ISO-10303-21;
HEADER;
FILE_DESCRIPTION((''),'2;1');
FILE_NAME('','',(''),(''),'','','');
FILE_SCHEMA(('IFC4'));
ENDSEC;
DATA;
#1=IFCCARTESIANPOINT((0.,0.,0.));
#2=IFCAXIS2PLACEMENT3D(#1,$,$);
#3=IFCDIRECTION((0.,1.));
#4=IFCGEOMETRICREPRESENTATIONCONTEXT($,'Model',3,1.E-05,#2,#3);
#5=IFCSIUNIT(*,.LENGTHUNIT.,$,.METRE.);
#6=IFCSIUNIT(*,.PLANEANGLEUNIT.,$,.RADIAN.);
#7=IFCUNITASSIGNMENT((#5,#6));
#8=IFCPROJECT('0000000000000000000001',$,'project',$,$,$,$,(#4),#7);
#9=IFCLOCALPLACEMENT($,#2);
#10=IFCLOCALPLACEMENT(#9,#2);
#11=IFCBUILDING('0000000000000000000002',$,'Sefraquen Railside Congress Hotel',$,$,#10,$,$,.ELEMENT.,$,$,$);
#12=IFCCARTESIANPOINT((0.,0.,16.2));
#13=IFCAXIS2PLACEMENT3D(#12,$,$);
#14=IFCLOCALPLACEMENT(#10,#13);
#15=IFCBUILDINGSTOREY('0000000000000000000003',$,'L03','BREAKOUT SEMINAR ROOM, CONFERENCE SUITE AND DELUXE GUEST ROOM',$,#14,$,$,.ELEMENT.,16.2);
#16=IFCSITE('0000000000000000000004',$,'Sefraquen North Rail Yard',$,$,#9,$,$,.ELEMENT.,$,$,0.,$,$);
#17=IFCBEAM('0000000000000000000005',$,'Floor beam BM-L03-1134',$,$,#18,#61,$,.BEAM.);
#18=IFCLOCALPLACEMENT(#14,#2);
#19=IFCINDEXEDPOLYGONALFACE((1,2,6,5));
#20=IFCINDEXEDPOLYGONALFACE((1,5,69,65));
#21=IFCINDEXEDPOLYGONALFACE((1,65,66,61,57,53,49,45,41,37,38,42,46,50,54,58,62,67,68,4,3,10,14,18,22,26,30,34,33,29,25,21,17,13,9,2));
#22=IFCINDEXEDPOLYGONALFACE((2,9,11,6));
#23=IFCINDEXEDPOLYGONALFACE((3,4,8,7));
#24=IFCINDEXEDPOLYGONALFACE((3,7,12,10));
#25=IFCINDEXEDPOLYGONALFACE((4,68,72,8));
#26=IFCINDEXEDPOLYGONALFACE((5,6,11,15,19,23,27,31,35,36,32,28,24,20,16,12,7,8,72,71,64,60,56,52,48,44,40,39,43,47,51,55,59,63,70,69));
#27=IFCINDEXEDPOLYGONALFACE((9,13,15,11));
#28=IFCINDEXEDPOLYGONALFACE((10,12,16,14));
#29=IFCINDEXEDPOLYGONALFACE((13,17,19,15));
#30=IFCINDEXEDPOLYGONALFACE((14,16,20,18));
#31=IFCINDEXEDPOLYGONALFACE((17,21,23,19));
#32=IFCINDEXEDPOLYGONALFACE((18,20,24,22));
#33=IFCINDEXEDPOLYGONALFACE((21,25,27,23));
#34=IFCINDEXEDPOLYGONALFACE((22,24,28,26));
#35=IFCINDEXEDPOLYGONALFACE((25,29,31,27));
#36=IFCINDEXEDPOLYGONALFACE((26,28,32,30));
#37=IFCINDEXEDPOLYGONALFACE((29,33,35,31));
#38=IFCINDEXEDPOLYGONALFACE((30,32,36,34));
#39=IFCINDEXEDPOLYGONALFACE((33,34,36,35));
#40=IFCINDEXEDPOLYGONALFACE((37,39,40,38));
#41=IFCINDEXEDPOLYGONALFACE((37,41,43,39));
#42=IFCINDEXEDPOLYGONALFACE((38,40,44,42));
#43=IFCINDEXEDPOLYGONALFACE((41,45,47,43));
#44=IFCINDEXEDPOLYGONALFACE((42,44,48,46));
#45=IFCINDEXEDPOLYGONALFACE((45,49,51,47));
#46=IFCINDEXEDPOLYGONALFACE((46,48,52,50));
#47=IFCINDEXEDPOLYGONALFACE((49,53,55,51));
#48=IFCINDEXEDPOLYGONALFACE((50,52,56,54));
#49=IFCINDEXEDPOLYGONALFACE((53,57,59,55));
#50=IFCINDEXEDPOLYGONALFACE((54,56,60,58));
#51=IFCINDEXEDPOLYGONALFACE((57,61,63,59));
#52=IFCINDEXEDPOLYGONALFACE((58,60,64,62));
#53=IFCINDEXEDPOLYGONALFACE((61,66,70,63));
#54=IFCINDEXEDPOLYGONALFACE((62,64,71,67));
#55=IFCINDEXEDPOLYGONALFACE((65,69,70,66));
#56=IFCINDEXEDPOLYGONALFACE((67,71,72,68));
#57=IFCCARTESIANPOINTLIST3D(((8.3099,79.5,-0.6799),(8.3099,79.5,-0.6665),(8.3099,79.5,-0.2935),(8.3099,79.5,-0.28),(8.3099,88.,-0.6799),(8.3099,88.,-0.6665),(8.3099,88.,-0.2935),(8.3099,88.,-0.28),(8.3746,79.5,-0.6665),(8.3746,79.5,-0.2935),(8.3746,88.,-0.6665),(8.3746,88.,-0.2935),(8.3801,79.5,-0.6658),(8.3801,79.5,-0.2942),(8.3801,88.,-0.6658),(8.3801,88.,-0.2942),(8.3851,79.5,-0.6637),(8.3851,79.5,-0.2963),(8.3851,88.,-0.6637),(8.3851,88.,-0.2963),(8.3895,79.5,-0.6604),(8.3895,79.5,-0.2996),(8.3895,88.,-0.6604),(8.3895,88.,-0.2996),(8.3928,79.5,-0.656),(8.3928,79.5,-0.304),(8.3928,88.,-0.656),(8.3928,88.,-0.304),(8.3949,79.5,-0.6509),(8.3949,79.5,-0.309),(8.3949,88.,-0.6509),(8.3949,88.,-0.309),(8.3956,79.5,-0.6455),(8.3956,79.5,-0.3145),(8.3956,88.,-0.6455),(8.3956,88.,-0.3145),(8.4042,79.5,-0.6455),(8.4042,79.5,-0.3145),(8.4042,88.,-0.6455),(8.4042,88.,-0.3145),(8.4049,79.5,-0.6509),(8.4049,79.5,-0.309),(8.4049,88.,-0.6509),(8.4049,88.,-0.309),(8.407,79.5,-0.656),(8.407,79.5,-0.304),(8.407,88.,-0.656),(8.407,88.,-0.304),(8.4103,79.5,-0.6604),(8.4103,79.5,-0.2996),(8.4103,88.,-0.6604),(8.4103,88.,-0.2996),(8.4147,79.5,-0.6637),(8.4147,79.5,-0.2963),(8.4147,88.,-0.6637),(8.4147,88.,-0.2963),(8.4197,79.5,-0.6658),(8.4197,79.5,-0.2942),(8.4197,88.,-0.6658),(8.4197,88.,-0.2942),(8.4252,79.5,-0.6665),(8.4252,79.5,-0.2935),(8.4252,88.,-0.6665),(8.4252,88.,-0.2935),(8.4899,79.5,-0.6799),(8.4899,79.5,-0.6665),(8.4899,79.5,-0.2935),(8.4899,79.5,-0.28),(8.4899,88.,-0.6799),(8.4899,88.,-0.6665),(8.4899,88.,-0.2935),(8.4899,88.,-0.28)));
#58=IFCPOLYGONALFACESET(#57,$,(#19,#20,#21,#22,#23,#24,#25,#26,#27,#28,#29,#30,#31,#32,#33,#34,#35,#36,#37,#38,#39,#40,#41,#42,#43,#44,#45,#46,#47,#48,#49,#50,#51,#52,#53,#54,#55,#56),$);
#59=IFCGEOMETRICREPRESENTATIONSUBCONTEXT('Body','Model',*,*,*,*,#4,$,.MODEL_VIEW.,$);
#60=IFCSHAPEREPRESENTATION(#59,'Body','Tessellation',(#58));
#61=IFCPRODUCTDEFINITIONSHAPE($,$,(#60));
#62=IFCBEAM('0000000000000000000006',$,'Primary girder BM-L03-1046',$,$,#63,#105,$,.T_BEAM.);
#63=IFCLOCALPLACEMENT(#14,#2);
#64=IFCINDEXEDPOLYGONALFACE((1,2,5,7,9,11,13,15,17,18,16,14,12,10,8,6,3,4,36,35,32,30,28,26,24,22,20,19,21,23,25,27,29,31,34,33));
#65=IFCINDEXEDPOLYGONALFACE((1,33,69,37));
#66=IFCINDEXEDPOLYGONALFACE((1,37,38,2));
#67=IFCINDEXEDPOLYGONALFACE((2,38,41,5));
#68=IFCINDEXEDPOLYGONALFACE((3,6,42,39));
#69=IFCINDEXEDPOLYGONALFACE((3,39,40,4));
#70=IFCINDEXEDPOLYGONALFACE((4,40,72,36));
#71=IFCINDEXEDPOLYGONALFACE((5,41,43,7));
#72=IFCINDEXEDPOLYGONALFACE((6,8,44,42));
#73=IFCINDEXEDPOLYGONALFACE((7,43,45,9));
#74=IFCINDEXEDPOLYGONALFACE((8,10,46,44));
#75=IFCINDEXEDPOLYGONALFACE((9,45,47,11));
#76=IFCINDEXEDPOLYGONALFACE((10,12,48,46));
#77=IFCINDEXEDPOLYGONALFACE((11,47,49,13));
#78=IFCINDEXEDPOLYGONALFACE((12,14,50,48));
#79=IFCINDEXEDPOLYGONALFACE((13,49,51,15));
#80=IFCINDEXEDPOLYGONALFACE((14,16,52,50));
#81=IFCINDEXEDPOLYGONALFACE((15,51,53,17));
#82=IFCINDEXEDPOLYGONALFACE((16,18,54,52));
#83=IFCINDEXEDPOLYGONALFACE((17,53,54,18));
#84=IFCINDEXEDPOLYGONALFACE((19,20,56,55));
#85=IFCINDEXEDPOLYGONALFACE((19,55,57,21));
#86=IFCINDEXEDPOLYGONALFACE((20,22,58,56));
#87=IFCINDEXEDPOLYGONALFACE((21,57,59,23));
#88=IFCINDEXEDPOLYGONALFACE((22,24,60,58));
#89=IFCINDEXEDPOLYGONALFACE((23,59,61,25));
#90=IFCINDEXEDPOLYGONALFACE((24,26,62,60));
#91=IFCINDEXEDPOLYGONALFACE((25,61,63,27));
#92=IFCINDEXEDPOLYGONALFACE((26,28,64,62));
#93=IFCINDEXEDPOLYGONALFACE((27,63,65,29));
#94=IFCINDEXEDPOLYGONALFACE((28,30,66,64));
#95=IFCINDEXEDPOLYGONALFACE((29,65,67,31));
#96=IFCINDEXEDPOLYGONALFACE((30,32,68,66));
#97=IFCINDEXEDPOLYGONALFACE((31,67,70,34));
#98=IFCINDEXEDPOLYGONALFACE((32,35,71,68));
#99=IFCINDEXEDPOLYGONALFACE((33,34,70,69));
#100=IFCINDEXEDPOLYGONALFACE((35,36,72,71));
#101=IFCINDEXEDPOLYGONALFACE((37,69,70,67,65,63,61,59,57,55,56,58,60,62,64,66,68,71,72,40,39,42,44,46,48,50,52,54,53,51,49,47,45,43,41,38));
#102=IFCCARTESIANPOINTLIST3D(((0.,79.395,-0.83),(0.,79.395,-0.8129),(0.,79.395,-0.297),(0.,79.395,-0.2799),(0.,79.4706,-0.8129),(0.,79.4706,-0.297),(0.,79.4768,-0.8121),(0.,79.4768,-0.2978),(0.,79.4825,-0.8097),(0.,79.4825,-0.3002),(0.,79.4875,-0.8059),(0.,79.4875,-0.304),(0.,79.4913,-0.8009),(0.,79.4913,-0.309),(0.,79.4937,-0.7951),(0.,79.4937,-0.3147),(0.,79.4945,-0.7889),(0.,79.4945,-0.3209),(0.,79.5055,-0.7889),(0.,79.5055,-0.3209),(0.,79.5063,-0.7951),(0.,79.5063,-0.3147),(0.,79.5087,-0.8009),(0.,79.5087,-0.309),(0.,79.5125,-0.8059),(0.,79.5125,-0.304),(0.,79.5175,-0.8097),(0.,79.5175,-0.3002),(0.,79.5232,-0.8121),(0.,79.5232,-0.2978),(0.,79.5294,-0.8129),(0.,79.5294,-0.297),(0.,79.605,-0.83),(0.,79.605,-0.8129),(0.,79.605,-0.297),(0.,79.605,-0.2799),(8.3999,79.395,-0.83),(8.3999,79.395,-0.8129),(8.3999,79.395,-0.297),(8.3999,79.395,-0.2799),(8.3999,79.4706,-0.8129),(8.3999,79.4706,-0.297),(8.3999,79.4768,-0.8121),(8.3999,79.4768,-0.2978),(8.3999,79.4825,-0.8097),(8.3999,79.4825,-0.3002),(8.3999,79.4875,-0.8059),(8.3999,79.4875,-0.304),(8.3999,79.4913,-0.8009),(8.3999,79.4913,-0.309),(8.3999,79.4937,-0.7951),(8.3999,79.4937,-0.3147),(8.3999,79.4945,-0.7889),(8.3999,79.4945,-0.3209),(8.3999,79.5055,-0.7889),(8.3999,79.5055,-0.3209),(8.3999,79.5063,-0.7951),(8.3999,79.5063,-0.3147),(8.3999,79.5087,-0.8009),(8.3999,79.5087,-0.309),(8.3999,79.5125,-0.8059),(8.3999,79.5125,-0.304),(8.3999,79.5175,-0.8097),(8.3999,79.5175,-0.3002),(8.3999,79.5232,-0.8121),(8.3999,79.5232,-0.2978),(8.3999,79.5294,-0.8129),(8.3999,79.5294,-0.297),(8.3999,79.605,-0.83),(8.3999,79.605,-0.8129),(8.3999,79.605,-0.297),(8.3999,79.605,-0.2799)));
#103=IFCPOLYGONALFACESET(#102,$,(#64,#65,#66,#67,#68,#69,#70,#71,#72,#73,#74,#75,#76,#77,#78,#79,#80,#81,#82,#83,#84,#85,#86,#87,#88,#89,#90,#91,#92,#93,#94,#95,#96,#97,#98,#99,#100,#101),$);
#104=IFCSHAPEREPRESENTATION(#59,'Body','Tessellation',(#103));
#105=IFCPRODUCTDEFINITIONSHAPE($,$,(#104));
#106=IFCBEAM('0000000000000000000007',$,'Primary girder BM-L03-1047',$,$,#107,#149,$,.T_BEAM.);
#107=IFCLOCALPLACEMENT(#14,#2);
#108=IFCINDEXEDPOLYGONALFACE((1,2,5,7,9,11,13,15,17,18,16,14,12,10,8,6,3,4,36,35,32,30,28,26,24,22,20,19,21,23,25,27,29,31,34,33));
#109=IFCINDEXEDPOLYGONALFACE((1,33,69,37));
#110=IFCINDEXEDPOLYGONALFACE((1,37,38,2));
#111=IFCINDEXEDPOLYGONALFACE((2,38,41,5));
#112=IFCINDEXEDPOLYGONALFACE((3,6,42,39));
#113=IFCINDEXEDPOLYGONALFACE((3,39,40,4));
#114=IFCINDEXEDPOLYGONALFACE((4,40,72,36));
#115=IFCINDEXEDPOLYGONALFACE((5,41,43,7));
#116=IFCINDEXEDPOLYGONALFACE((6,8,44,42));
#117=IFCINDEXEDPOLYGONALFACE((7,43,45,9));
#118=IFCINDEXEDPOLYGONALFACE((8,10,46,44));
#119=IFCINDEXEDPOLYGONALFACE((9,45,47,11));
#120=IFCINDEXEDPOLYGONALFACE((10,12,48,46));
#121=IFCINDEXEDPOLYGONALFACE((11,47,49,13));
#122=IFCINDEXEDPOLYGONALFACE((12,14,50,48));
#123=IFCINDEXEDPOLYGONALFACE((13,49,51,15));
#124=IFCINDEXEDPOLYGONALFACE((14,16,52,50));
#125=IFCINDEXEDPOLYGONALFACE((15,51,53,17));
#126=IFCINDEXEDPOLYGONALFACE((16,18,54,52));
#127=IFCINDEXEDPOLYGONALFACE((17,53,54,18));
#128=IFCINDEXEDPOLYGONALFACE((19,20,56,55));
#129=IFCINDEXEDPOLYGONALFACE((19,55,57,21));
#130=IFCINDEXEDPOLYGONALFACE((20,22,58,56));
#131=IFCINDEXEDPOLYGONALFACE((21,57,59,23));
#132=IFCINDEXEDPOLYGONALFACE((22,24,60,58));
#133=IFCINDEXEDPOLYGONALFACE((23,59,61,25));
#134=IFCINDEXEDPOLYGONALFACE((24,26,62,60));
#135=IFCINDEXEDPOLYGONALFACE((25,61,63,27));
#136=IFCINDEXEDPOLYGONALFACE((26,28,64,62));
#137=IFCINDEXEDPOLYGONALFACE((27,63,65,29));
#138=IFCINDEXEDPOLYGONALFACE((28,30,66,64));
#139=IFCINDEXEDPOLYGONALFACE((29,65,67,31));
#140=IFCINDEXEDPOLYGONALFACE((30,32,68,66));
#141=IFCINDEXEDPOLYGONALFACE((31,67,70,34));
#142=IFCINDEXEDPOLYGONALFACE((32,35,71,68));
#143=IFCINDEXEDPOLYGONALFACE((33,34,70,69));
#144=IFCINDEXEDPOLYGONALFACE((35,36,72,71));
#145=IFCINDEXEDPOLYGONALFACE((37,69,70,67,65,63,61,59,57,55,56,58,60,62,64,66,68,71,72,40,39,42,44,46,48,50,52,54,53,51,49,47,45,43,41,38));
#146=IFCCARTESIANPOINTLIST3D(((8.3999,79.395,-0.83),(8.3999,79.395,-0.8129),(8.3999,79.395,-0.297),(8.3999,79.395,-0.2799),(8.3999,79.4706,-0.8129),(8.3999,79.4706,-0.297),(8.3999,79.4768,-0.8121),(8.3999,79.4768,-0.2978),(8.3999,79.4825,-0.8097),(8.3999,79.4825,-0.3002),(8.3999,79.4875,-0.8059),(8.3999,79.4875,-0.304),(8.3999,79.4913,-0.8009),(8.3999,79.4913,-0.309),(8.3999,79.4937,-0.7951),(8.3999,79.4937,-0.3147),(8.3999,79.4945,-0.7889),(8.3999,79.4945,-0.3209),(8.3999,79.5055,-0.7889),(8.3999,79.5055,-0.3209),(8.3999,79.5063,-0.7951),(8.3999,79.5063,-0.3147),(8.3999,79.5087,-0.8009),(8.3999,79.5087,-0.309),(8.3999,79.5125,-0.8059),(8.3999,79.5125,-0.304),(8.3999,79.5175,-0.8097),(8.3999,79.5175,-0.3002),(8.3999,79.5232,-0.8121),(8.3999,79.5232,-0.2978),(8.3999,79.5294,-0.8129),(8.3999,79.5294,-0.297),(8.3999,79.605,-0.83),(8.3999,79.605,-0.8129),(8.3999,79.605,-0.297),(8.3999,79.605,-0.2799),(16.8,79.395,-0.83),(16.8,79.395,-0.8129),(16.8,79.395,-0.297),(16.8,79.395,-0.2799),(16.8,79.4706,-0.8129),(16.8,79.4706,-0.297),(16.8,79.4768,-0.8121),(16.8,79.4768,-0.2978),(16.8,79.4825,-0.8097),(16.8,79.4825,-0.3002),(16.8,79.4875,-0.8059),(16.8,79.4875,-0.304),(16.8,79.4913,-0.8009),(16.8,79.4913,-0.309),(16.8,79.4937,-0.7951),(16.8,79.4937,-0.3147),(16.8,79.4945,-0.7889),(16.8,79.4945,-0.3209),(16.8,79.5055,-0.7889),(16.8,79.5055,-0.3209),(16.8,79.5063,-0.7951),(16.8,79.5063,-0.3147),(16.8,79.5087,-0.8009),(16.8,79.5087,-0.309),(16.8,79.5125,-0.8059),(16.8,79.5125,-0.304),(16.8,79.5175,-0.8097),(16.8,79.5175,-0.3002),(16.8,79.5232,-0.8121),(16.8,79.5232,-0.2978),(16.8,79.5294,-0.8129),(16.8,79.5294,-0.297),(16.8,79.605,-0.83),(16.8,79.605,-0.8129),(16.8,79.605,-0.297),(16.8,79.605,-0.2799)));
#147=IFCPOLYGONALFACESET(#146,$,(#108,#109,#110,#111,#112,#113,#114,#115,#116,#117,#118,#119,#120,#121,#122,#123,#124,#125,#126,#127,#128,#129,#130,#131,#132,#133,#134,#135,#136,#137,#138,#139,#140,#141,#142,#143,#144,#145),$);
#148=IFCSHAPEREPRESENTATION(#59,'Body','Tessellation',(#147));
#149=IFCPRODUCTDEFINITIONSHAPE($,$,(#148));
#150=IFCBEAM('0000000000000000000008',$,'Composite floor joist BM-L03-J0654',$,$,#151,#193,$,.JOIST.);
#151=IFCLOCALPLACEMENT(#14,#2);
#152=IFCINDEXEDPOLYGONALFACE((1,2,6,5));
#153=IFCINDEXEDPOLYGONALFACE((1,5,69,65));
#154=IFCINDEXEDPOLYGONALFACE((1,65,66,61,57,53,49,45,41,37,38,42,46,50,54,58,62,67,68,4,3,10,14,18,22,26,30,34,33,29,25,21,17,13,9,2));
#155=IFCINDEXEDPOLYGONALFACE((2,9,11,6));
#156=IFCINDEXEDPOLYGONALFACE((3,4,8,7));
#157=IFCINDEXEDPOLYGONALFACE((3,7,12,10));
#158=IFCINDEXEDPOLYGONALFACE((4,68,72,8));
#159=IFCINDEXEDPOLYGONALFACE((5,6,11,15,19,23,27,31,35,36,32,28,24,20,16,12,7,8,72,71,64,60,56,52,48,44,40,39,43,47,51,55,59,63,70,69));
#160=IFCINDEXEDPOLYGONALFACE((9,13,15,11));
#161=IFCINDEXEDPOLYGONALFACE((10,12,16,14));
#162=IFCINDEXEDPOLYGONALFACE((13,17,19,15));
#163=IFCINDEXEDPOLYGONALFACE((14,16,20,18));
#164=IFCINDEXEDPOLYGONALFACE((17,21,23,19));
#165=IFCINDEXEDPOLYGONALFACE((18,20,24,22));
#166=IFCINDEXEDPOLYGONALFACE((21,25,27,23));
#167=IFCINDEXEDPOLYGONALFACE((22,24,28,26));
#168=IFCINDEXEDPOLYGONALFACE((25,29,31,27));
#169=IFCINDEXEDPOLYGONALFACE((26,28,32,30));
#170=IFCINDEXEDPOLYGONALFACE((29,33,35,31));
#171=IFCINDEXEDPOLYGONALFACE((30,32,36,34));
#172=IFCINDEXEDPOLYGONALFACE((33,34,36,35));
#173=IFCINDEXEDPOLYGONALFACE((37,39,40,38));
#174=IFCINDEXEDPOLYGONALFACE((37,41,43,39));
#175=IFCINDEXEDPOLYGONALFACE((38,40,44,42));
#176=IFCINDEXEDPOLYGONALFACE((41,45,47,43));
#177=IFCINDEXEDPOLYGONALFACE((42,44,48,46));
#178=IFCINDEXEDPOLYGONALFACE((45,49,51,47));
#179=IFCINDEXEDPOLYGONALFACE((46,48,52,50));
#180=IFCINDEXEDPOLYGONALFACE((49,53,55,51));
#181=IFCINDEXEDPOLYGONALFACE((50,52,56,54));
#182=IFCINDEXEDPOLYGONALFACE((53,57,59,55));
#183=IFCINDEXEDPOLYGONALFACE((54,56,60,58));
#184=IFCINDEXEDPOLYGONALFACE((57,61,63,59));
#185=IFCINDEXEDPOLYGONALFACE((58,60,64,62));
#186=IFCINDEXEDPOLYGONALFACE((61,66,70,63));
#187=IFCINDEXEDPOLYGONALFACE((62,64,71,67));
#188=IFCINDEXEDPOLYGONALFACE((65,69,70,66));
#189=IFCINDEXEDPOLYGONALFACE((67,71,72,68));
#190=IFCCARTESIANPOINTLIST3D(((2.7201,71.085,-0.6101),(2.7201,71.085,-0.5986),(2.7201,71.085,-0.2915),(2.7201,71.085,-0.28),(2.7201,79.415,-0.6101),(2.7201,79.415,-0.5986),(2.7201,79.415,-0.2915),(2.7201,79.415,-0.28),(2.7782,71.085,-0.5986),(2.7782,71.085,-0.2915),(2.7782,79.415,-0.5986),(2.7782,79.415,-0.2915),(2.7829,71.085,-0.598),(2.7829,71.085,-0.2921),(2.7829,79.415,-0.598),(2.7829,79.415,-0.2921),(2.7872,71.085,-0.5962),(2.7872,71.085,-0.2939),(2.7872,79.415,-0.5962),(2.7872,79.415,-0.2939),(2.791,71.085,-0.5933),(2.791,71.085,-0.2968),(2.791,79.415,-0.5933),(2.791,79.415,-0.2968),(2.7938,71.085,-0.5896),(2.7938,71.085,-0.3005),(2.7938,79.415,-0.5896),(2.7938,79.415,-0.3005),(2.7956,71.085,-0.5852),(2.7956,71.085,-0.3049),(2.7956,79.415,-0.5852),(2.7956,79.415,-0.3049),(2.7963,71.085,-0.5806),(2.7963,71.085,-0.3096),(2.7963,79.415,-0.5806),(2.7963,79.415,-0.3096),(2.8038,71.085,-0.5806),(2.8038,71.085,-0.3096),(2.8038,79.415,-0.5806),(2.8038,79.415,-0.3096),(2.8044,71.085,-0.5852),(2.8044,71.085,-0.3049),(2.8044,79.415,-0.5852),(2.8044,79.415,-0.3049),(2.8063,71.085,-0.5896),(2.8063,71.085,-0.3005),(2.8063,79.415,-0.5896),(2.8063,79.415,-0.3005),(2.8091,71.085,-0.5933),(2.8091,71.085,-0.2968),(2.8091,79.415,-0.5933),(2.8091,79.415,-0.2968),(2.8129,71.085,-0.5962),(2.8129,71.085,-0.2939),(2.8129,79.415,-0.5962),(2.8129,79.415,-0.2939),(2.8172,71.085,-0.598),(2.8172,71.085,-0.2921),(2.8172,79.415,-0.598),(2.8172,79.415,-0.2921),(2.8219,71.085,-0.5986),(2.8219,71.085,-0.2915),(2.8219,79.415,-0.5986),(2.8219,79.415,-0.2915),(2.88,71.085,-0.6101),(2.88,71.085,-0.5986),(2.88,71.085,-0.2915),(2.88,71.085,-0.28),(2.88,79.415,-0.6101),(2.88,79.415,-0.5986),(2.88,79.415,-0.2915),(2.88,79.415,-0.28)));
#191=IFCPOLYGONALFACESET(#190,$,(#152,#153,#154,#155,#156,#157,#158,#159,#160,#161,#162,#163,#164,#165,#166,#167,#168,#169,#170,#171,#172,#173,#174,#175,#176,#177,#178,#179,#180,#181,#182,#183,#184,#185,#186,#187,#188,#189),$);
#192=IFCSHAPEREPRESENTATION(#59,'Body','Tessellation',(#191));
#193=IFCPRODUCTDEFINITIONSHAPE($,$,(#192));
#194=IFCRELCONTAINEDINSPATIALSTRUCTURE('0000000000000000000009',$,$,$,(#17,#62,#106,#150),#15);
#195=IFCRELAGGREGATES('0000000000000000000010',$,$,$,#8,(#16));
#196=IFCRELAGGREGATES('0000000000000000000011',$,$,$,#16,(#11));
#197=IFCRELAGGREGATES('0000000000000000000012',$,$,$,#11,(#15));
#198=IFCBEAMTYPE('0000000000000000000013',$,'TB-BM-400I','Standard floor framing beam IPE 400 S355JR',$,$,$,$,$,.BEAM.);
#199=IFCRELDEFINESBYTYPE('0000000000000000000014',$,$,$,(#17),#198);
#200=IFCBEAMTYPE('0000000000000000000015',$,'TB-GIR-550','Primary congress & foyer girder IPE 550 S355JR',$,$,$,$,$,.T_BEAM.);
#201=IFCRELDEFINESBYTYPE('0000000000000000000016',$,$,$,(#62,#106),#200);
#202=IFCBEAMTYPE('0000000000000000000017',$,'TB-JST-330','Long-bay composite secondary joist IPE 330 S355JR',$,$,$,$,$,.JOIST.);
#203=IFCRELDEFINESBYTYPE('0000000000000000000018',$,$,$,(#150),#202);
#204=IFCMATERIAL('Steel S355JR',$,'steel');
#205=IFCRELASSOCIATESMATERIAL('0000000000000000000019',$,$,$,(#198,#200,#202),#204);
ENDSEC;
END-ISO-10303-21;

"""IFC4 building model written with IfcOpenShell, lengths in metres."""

from ifc_helpers import new_model, si_unit, direction, frame, origin, origin_2d, place, context, subcontext, project, spatial, i_section, extrude, material, material_profile, profile_set, type_object, element, save


model = new_model("IFC4")

# Units and contexts
model_context = context("Model", 3, precision=1e-05, world=origin(), true_north=direction((0.0, 1.0)))
body_context = subcontext(model_context, "Body", "Model", "MODEL_VIEW")
ifc_project = project(units=[si_unit("LENGTHUNIT", "METRE"), si_unit("PLANEANGLEUNIT", "RADIAN")], contexts=[model_context])

# Site, building, storey
site_placement = place(None, origin())
site = spatial("IfcSite", under=ifc_project, at=site_placement, Name="Sefraquen North Rail Yard", CompositionType="ELEMENT", RefElevation=0.0)
building_placement = place(site_placement, origin())
building = spatial("IfcBuilding", under=site, at=building_placement, Name="Sefraquen Railside Congress Hotel", CompositionType="ELEMENT")
storey_placement = place(building_placement, frame((0.0, 0.0, 16.2)))
storey = spatial("IfcBuildingStorey", under=building, at=storey_placement, Name="L03", Description="BREAKOUT SEMINAR ROOM, CONFERENCE SUITE AND DELUXE GUEST ROOM", CompositionType="ELEMENT", Elevation=16.2)

# Shared definitions
ifc_material_1 = material(Name="Steel S355JR", Category="steel")

# Beams
ifc_material_profile_1 = material_profile(ifc_material_1, i_section(OverallWidth=0.1799, OverallDepth=0.3999, WebThickness=0.0085, FlangeThickness=0.0134, FilletRadius=0.021, at=origin_2d()), Name="IPE 400")
ifc_profile_set_1 = profile_set([ifc_material_profile_1], Name="Steel S355JR")
beam_type_1 = type_object("IfcBeamType", Name="TB-BM-400I", Description="Standard floor framing beam IPE 400 S355JR", PredefinedType="BEAM", material=ifc_profile_set_1)
for number, where, z_axis, x_axis, name in (
    (1, (8.3999, 79.5, -0.48), (0.0, 1.0, 0.0), (-1.0, 0.0, 0.0), "Floor beam BM-L03-1134"),
):
    element("IfcBeam", number, at=place(storey_placement, frame(where, z_axis=z_axis, x_axis=x_axis)), inside=storey, type_object=beam_type_1, Name=name, PredefinedType="BEAM", context=body_context, shape_type="SweptSolid", body=[
        extrude(i_section(OverallWidth=0.1799, OverallDepth=0.3999, WebThickness=0.0085, FlangeThickness=0.0134, FilletRadius=0.021, at=origin_2d()), origin(), (0.0, 0.0, 1.0), 8.5),
    ])
ifc_material_profile_2 = material_profile(ifc_material_1, i_section(OverallWidth=0.21, OverallDepth=0.55, WebThickness=0.011, FlangeThickness=0.0171, FilletRadius=0.0239, at=origin_2d()), Name="IPE 550")
ifc_profile_set_2 = profile_set([ifc_material_profile_2], Name="Steel S355JR")
beam_type_2 = type_object("IfcBeamType", Name="TB-GIR-550", Description="Primary congress & foyer girder IPE 550 S355JR", PredefinedType="T_BEAM", material=ifc_profile_set_2)
beam_1_placement = place(storey_placement, frame((0.0, 79.5, -0.5549), z_axis=(1.0, 0.0, 0.0), x_axis=(0.0, 1.0, 0.0)))
element("IfcBeam", 2, at=beam_1_placement, inside=storey, type_object=beam_type_2, Name="Primary girder BM-L03-1046", PredefinedType="T_BEAM", context=body_context, shape_type="SweptSolid", body=[
    extrude(i_section(OverallWidth=0.21, OverallDepth=0.55, WebThickness=0.011, FlangeThickness=0.0171, FilletRadius=0.0239, at=origin_2d()), origin(), (0.0, 0.0, 1.0), 8.3999),
])
beam_2_placement = place(storey_placement, frame((8.3999, 79.5, -0.5549), z_axis=(1.0, 0.0, 0.0), x_axis=(0.0, 1.0, 0.0)))
element("IfcBeam", 3, at=beam_2_placement, inside=storey, type_object=beam_type_2, Name="Primary girder BM-L03-1047", PredefinedType="T_BEAM", context=body_context, shape_type="SweptSolid", body=[
    extrude(i_section(OverallWidth=0.21, OverallDepth=0.55, WebThickness=0.011, FlangeThickness=0.0171, FilletRadius=0.0239, at=origin_2d()), origin(), (0.0, 0.0, 1.0), 8.4001),
])
ifc_material_profile_3 = material_profile(ifc_material_1, i_section(OverallWidth=0.1599, OverallDepth=0.3301, WebThickness=0.0076, FlangeThickness=0.0115, FilletRadius=0.0181, at=origin_2d()), Name="IPE 330")
ifc_profile_set_3 = profile_set([ifc_material_profile_3], Name="Steel S355JR")
beam_type_3 = type_object("IfcBeamType", Name="TB-JST-330", Description="Long-bay composite secondary joist IPE 330 S355JR", PredefinedType="JOIST", material=ifc_profile_set_3)
for number, where, z_axis, x_axis, name in (
    (4, (2.8, 71.085, -0.4451), (0.0, 1.0, 0.0), (-1.0, 0.0, 0.0), "Composite floor joist BM-L03-J0654"),
):
    element("IfcBeam", number, at=place(storey_placement, frame(where, z_axis=z_axis, x_axis=x_axis)), inside=storey, type_object=beam_type_3, Name=name, PredefinedType="JOIST", context=body_context, shape_type="SweptSolid", body=[
        extrude(i_section(OverallWidth=0.1599, OverallDepth=0.3301, WebThickness=0.0076, FlangeThickness=0.0115, FilletRadius=0.0181, at=origin_2d()), origin(), (0.0, 0.0, 1.0), 8.3301),
    ])

save(model, "model.ifc")
